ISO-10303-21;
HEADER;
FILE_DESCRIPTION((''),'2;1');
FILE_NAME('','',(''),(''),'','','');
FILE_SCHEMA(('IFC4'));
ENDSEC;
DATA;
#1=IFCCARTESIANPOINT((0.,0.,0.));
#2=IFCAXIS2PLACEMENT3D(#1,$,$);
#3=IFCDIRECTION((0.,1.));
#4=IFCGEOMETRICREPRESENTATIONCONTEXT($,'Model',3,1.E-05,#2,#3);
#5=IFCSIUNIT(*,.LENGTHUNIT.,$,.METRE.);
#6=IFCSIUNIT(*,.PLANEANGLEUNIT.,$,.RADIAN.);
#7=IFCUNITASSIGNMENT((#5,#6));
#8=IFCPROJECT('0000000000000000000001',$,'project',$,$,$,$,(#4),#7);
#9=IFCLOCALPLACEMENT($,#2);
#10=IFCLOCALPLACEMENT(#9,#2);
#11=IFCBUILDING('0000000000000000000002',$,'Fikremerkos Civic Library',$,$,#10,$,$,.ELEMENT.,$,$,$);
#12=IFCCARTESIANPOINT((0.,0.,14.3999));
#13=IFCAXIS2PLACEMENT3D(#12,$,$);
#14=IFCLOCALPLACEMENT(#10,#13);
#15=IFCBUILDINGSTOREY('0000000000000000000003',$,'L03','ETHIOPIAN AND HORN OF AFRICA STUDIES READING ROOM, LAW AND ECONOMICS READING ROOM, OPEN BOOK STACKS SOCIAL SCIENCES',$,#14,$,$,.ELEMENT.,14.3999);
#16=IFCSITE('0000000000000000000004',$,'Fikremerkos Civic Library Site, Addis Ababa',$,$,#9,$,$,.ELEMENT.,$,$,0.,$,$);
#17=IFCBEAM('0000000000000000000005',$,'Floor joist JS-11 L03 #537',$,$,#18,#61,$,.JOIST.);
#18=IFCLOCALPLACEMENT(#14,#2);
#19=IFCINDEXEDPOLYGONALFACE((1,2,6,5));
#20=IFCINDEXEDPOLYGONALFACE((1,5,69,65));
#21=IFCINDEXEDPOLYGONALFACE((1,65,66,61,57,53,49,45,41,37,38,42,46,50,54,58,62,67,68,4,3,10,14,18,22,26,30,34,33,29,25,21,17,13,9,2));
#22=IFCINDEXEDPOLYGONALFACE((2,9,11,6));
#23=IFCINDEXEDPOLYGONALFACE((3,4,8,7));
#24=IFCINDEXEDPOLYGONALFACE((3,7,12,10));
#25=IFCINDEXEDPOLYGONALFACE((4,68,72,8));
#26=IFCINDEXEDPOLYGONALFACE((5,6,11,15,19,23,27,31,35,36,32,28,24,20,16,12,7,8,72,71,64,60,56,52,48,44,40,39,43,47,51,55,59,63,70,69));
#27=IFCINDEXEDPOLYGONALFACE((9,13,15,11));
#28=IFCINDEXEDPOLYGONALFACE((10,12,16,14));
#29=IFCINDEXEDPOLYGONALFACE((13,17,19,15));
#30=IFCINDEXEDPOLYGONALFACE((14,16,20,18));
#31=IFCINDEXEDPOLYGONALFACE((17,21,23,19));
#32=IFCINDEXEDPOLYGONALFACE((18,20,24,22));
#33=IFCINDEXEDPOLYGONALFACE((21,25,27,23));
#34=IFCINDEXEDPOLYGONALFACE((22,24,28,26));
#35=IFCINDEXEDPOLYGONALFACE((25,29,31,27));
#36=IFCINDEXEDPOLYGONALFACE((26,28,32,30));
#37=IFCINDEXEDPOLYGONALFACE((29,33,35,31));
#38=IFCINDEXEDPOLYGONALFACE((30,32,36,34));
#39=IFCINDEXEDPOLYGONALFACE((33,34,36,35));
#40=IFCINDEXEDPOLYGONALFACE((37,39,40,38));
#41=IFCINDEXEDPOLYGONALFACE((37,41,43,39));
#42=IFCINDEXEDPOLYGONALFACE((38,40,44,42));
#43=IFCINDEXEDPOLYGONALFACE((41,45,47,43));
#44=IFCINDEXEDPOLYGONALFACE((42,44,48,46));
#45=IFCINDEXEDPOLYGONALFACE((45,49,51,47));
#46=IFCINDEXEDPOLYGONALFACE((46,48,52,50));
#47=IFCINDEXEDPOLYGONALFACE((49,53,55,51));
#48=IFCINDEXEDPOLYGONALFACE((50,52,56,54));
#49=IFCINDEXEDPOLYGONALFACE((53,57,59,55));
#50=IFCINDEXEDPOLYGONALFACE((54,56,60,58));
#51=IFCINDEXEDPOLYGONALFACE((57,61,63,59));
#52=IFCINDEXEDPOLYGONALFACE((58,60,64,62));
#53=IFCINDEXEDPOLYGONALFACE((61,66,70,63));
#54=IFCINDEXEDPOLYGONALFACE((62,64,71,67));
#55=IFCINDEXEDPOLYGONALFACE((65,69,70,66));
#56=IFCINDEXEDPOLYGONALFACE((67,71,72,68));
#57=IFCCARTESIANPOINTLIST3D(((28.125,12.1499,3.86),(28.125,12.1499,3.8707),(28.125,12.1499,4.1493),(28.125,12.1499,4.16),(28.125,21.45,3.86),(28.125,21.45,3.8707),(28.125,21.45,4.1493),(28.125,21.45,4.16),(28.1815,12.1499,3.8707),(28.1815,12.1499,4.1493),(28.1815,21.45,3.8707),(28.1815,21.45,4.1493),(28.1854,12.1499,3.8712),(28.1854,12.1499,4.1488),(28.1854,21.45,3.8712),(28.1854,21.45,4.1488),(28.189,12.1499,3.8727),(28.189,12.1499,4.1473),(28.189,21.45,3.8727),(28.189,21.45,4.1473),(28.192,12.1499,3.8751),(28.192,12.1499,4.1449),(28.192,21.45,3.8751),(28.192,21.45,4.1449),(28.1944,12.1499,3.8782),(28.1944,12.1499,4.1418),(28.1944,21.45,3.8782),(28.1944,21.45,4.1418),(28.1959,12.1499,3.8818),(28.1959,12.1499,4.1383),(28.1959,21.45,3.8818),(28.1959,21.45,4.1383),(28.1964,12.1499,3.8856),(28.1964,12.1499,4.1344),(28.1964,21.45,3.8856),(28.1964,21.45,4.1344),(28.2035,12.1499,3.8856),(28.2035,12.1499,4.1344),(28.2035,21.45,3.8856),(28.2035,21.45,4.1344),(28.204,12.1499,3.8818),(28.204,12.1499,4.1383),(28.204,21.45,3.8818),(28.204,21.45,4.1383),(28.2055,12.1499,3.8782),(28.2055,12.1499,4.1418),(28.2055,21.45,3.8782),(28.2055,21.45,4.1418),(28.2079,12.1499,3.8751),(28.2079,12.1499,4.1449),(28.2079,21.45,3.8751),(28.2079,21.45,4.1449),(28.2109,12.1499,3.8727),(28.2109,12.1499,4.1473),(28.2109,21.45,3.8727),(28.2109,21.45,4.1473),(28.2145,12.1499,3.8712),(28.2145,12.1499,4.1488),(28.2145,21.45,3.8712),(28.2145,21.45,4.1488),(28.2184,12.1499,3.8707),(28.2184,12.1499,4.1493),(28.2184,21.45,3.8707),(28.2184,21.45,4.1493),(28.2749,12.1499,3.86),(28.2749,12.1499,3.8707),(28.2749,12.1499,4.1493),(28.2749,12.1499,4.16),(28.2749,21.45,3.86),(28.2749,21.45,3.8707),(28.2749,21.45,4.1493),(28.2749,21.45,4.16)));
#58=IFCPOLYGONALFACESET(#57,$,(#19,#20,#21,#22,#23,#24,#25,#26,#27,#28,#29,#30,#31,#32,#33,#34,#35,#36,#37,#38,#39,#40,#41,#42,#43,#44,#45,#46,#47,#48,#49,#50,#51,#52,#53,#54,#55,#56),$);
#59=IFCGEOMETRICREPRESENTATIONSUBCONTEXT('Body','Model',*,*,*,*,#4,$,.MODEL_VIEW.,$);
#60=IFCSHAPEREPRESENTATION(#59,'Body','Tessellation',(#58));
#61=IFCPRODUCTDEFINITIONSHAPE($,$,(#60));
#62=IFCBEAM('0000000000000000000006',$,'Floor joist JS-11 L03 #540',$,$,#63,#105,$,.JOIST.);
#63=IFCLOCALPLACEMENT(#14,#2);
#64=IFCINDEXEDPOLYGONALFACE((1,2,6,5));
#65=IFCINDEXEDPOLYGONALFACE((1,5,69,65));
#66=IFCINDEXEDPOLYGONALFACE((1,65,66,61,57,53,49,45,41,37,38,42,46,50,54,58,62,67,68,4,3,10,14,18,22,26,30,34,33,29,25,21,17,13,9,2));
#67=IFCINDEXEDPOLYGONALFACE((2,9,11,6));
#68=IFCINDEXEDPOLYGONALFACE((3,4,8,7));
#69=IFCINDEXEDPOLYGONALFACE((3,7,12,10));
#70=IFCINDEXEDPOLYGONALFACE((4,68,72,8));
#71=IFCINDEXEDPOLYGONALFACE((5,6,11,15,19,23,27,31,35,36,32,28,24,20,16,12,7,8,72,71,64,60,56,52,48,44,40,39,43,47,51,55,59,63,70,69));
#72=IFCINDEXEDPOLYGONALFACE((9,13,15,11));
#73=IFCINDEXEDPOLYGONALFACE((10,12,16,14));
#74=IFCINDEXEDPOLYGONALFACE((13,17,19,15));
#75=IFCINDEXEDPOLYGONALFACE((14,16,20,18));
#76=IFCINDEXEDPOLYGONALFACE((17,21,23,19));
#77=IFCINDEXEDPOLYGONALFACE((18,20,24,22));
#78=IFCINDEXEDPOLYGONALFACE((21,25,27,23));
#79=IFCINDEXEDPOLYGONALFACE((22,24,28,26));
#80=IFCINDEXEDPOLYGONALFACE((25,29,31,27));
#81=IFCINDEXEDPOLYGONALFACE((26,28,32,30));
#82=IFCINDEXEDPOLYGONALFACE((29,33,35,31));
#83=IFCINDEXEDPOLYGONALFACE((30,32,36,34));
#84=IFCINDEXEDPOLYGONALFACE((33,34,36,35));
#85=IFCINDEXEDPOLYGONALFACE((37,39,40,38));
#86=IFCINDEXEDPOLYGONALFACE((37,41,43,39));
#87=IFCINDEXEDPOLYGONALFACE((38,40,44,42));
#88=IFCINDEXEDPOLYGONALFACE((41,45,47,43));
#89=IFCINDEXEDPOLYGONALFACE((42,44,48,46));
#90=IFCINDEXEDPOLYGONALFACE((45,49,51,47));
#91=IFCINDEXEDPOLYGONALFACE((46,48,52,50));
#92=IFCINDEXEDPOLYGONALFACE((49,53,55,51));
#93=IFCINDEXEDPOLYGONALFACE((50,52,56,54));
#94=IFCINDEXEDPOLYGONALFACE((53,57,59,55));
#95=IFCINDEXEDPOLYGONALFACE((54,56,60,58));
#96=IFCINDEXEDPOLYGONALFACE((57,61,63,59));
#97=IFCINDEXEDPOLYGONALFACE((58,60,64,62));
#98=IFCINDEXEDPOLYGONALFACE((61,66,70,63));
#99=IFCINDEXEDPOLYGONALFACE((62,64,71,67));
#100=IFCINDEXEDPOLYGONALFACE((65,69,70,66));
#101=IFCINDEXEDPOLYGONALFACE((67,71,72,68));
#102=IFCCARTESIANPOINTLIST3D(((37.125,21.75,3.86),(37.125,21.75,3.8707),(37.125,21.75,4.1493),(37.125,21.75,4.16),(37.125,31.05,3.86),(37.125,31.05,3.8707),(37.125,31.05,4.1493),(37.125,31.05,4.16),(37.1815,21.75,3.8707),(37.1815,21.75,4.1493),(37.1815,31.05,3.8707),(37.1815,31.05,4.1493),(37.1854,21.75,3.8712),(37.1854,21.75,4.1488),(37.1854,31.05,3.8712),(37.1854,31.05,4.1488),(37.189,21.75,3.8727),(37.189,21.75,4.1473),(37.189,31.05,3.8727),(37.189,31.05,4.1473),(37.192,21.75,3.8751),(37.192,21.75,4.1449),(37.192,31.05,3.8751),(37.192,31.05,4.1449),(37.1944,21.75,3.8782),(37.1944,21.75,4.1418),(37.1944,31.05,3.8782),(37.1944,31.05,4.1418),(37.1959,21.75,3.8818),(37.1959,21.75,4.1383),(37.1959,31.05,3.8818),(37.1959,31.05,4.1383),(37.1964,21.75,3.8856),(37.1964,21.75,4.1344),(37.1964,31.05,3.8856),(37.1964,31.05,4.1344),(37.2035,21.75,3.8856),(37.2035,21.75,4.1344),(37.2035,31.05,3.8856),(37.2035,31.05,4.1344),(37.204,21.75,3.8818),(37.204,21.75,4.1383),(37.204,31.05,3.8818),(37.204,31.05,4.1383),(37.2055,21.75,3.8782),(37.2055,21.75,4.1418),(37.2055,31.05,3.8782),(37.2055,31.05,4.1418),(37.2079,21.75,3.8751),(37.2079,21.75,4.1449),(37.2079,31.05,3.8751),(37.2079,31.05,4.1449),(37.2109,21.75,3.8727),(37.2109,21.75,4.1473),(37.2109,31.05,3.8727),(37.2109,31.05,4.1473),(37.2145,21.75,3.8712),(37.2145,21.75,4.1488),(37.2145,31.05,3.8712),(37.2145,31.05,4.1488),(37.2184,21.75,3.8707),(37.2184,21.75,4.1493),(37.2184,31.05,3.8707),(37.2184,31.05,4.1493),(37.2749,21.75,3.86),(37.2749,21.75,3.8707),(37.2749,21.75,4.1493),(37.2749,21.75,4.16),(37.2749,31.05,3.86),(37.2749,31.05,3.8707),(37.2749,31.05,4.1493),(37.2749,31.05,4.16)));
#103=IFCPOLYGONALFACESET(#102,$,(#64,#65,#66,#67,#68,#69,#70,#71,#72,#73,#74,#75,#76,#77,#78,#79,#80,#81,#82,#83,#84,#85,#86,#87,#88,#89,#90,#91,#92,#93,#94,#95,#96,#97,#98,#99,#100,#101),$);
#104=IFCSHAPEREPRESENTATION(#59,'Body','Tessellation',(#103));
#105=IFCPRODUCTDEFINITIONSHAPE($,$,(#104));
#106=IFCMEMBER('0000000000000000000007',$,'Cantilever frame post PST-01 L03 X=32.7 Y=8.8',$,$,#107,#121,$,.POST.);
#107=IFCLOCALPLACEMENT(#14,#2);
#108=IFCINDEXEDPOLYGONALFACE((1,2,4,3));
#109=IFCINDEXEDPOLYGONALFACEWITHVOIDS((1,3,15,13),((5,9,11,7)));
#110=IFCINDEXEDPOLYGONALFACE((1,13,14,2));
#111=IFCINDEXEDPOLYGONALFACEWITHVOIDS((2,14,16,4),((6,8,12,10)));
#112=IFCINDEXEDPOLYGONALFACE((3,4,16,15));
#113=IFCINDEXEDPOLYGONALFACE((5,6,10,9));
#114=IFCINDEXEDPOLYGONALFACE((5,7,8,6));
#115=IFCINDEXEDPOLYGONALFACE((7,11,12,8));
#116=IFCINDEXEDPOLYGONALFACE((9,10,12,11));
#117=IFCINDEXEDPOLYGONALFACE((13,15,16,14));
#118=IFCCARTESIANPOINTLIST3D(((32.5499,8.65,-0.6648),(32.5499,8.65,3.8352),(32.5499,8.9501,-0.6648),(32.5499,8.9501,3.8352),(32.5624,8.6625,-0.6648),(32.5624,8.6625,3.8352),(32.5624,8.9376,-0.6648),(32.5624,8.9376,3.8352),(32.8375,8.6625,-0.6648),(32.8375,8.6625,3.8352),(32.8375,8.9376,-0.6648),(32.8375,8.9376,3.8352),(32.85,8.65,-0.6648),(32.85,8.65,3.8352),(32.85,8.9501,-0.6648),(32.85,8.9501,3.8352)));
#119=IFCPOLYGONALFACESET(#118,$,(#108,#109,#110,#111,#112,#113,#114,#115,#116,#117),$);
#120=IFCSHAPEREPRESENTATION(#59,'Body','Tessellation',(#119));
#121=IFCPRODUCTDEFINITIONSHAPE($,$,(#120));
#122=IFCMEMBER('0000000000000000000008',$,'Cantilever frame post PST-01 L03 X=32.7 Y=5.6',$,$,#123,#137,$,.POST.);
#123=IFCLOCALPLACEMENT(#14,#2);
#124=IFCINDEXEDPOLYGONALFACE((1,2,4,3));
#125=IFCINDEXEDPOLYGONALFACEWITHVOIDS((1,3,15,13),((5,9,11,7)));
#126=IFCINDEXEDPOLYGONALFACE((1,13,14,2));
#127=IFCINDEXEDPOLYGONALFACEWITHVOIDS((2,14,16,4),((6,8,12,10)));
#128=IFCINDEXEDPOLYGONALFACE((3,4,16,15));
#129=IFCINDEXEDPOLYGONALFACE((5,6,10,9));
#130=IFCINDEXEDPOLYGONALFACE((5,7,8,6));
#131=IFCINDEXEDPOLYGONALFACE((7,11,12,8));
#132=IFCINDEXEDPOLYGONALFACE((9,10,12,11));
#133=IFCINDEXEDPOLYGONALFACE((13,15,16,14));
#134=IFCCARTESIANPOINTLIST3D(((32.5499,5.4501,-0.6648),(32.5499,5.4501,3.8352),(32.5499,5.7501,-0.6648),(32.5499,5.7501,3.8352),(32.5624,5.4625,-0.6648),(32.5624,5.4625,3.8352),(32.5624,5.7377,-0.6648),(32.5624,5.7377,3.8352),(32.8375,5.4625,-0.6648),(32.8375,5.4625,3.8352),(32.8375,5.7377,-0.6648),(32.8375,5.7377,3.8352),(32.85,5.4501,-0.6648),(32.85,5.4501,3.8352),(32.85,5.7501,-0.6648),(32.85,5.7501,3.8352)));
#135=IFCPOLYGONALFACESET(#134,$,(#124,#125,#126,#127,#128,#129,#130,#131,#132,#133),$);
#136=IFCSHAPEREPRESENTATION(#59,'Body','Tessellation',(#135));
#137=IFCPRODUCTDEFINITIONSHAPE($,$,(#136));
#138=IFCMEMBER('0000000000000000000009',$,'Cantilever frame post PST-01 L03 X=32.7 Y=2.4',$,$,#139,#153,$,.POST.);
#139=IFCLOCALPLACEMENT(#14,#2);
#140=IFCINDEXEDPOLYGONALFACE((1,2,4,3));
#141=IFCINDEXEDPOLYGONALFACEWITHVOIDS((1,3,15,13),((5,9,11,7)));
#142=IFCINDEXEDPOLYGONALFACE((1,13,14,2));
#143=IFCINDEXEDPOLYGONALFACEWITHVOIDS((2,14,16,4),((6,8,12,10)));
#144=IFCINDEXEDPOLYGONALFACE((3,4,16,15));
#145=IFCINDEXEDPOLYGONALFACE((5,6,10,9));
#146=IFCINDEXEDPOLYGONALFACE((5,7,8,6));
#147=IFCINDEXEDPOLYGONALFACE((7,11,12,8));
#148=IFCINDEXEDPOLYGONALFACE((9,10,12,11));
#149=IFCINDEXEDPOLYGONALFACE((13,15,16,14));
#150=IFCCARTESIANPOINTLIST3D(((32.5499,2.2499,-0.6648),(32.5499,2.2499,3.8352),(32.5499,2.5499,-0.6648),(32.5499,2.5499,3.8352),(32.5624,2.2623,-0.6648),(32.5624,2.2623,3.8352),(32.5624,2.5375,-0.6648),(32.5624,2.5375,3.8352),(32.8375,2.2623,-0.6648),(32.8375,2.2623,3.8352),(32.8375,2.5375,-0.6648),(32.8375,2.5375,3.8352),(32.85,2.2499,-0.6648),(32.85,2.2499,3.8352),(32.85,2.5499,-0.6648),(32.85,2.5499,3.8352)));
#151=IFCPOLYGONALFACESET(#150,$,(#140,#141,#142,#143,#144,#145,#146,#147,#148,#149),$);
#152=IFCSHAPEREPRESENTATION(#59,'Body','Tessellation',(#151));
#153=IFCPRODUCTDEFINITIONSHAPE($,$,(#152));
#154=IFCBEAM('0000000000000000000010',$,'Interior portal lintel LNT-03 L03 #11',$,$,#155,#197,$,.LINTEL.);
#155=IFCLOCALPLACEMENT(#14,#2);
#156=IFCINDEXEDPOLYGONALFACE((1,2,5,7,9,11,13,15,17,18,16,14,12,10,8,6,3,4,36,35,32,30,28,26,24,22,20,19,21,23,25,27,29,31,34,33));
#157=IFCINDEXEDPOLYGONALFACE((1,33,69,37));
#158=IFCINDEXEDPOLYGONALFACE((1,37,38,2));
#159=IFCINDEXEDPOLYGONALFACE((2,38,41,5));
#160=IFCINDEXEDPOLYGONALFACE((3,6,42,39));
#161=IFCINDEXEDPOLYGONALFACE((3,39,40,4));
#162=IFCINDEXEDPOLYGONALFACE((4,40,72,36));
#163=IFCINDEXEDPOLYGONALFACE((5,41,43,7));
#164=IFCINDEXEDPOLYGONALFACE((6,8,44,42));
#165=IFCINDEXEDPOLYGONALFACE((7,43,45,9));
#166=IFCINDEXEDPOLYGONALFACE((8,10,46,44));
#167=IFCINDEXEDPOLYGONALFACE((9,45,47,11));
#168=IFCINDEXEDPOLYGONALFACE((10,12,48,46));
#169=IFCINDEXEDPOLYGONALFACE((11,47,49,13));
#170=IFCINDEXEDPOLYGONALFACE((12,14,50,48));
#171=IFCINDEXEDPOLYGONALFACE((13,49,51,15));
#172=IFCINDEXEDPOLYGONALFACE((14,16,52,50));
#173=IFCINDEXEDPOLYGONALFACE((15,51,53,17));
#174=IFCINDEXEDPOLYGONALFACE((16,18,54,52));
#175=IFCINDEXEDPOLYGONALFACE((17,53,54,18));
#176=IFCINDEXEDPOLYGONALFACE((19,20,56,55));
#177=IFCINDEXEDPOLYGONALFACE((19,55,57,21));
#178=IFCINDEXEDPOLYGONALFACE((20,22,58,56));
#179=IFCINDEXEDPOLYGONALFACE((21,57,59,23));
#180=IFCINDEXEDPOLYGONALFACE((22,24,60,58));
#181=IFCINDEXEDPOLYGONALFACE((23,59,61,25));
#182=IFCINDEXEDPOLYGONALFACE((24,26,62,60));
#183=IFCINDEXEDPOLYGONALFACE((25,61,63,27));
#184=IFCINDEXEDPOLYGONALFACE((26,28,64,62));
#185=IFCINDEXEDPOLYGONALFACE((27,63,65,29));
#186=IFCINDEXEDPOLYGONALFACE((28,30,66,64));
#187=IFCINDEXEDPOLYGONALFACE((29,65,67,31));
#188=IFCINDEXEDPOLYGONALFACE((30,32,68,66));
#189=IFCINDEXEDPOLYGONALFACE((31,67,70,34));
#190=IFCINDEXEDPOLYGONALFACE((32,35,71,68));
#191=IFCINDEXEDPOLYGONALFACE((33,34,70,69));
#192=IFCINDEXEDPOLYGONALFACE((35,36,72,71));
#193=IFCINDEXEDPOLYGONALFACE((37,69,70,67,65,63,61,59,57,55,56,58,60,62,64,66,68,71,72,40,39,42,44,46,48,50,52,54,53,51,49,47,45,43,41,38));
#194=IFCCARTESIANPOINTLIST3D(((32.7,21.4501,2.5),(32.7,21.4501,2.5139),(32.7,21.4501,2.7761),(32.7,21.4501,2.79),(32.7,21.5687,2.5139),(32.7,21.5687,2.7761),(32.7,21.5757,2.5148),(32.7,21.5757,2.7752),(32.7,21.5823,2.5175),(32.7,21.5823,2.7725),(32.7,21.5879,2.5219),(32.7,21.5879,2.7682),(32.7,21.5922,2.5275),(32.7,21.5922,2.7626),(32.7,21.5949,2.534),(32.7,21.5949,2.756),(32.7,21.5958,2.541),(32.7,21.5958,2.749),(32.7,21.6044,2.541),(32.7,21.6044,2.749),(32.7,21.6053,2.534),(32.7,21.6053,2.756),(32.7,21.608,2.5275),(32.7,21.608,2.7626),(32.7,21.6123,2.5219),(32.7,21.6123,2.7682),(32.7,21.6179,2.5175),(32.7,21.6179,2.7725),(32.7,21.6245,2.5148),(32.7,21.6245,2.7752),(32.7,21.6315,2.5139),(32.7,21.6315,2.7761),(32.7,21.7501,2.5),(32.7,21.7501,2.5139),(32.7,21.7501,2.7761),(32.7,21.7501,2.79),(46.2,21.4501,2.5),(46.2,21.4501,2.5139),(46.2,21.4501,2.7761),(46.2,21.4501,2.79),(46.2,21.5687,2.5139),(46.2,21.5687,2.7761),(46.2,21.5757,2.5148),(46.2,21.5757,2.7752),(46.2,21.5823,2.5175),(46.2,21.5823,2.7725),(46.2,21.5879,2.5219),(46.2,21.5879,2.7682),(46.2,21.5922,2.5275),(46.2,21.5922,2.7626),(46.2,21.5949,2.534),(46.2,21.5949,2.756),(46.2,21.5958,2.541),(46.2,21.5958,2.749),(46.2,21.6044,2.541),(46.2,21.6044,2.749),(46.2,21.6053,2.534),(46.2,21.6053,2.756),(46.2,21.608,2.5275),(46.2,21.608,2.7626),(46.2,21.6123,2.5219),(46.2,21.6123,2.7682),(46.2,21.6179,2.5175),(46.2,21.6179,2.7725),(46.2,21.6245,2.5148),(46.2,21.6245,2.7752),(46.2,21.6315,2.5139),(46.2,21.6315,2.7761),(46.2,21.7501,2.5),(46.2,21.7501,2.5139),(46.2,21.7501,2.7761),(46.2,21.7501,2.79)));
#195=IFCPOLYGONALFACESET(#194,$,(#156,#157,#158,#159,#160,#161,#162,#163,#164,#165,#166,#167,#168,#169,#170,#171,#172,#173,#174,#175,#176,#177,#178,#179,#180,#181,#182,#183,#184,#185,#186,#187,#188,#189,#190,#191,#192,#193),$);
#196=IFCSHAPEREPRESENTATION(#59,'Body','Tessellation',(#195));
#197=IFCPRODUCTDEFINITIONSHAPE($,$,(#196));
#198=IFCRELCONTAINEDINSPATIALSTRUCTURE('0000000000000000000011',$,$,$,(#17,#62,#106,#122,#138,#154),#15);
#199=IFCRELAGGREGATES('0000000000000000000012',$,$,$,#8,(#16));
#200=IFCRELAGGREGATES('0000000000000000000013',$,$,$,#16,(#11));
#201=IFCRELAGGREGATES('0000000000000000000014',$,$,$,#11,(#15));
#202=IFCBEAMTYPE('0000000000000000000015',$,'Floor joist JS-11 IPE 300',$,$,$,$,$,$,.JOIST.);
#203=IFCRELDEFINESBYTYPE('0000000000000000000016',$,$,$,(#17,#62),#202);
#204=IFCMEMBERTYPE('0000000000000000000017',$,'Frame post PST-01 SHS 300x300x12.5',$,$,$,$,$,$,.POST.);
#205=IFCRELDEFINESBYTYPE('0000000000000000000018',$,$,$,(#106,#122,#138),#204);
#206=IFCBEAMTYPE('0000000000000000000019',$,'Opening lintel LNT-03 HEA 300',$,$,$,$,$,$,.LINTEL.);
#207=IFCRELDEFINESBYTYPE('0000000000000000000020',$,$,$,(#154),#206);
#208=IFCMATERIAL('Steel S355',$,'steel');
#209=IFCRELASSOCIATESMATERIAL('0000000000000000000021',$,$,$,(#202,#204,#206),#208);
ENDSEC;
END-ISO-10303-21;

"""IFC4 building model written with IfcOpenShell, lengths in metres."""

from ifc_helpers import new_model, si_unit, direction, frame, origin, origin_2d, place, context, subcontext, project, spatial, hollow_rectangle, i_section, extrude, material, material_profile, profile_set, type_object, element, save


model = new_model("IFC4")

# Units and contexts
model_context = context("Model", 3, precision=1e-05, world=origin(), true_north=direction((0.0, 1.0)))
body_context = subcontext(model_context, "Body", "Model", "MODEL_VIEW")
ifc_project = project(units=[si_unit("LENGTHUNIT", "METRE"), si_unit("PLANEANGLEUNIT", "RADIAN")], contexts=[model_context])

# Site, building, storey
site_placement = place(None, origin())
site = spatial("IfcSite", under=ifc_project, at=site_placement, Name="Fikremerkos Civic Library Site, Addis Ababa", CompositionType="ELEMENT", RefElevation=0.0)
building_placement = place(site_placement, origin())
building = spatial("IfcBuilding", under=site, at=building_placement, Name="Fikremerkos Civic Library", CompositionType="ELEMENT")
storey_placement = place(building_placement, frame((0.0, 0.0, 14.3999)))
storey = spatial("IfcBuildingStorey", under=building, at=storey_placement, Name="L03", Description="ETHIOPIAN AND HORN OF AFRICA STUDIES READING ROOM, LAW AND ECONOMICS READING ROOM, OPEN BOOK STACKS SOCIAL SCIENCES", CompositionType="ELEMENT", Elevation=14.3999)

# Shared definitions
ifc_material_1 = material(Name="Steel S355", Category="steel")

# Beams
ifc_material_profile_1 = material_profile(ifc_material_1, i_section(OverallWidth=0.1499, OverallDepth=0.3, WebThickness=0.0071, FlangeThickness=0.0107, FilletRadius=0.0149, at=origin_2d()), Name="IPE 300")
ifc_profile_set_1 = profile_set([ifc_material_profile_1], Name="Steel S355")
beam_type_1 = type_object("IfcBeamType", Name="Floor joist JS-11 IPE 300", PredefinedType="JOIST", material=ifc_profile_set_1)
for number, where, z_axis, x_axis, name in (
    (1, (28.2, 12.1499, 4.01), (0.0, 1.0, 0.0), (-1.0, 0.0, 0.0), "Floor joist JS-11 L03 #537"),
    (2, (37.2, 21.75, 4.01), (0.0, 1.0, 0.0), (-1.0, 0.0, 0.0), "Floor joist JS-11 L03 #540"),
):
    element("IfcBeam", number, at=place(storey_placement, frame(where, z_axis=z_axis, x_axis=x_axis)), inside=storey, type_object=beam_type_1, Name=name, PredefinedType="JOIST", context=body_context, shape_type="SweptSolid", body=[
        extrude(i_section(OverallWidth=0.1499, OverallDepth=0.3, WebThickness=0.0071, FlangeThickness=0.0107, FilletRadius=0.0149, at=origin_2d()), origin(), (0.0, 0.0, 1.0), 9.3),
    ])

# Members
ifc_material_profile_2 = material_profile(ifc_material_1, hollow_rectangle(XDim=0.3, YDim=0.3, WallThickness=0.0125, at=origin_2d()), Name="SHS 300x300x12.5")
ifc_profile_set_2 = profile_set([ifc_material_profile_2], Name="Steel S355")
member_type = type_object("IfcMemberType", Name="Frame post PST-01 SHS 300x300x12.5", PredefinedType="POST", material=ifc_profile_set_2)
for number, where, z_axis, x_axis, name in (
    (3, (32.7, 8.8, -0.6648), (0.0, 0.0, 1.0), (1.0, 0.0, 0.0), "Cantilever frame post PST-01 L03 X=32.7 Y=8.8"),
    (4, (32.7, 5.6001, -0.6648), (0.0, 0.0, 1.0), (1.0, 0.0, 0.0), "Cantilever frame post PST-01 L03 X=32.7 Y=5.6"),
    (5, (32.7, 2.3999, -0.6648), (0.0, 0.0, 1.0), (1.0, 0.0, 0.0), "Cantilever frame post PST-01 L03 X=32.7 Y=2.4"),
):
    element("IfcMember", number, at=place(storey_placement, frame(where, z_axis=z_axis, x_axis=x_axis)), inside=storey, type_object=member_type, Name=name, PredefinedType="POST", context=body_context, shape_type="SweptSolid", body=[
        extrude(hollow_rectangle(XDim=0.3, YDim=0.3, WallThickness=0.0125, at=origin_2d()), origin(), (0.0, 0.0, 1.0), 4.5),
    ])

# Beam
ifc_material_profile_3 = material_profile(ifc_material_1, i_section(OverallWidth=0.3, OverallDepth=0.29, WebThickness=0.0085, FlangeThickness=0.0139, FilletRadius=0.0271, at=origin_2d()), Name="HEA 300")
ifc_profile_set_3 = profile_set([ifc_material_profile_3], Name="Steel S355")
beam_type_2 = type_object("IfcBeamType", Name="Opening lintel LNT-03 HEA 300", PredefinedType="LINTEL", material=ifc_profile_set_3)
beam_1_placement = place(storey_placement, frame((32.7, 21.6001, 2.645), z_axis=(1.0, 0.0, 0.0), x_axis=(0.0, 1.0, 0.0)))
element("IfcBeam", 6, at=beam_1_placement, inside=storey, type_object=beam_type_2, Name="Interior portal lintel LNT-03 L03 #11", PredefinedType="LINTEL", context=body_context, shape_type="SweptSolid", body=[
    extrude(i_section(OverallWidth=0.3, OverallDepth=0.29, WebThickness=0.0085, FlangeThickness=0.0139, FilletRadius=0.0271, at=origin_2d()), origin(), (0.0, 0.0, 1.0), 13.5),
])

save(model, "model.ifc")
